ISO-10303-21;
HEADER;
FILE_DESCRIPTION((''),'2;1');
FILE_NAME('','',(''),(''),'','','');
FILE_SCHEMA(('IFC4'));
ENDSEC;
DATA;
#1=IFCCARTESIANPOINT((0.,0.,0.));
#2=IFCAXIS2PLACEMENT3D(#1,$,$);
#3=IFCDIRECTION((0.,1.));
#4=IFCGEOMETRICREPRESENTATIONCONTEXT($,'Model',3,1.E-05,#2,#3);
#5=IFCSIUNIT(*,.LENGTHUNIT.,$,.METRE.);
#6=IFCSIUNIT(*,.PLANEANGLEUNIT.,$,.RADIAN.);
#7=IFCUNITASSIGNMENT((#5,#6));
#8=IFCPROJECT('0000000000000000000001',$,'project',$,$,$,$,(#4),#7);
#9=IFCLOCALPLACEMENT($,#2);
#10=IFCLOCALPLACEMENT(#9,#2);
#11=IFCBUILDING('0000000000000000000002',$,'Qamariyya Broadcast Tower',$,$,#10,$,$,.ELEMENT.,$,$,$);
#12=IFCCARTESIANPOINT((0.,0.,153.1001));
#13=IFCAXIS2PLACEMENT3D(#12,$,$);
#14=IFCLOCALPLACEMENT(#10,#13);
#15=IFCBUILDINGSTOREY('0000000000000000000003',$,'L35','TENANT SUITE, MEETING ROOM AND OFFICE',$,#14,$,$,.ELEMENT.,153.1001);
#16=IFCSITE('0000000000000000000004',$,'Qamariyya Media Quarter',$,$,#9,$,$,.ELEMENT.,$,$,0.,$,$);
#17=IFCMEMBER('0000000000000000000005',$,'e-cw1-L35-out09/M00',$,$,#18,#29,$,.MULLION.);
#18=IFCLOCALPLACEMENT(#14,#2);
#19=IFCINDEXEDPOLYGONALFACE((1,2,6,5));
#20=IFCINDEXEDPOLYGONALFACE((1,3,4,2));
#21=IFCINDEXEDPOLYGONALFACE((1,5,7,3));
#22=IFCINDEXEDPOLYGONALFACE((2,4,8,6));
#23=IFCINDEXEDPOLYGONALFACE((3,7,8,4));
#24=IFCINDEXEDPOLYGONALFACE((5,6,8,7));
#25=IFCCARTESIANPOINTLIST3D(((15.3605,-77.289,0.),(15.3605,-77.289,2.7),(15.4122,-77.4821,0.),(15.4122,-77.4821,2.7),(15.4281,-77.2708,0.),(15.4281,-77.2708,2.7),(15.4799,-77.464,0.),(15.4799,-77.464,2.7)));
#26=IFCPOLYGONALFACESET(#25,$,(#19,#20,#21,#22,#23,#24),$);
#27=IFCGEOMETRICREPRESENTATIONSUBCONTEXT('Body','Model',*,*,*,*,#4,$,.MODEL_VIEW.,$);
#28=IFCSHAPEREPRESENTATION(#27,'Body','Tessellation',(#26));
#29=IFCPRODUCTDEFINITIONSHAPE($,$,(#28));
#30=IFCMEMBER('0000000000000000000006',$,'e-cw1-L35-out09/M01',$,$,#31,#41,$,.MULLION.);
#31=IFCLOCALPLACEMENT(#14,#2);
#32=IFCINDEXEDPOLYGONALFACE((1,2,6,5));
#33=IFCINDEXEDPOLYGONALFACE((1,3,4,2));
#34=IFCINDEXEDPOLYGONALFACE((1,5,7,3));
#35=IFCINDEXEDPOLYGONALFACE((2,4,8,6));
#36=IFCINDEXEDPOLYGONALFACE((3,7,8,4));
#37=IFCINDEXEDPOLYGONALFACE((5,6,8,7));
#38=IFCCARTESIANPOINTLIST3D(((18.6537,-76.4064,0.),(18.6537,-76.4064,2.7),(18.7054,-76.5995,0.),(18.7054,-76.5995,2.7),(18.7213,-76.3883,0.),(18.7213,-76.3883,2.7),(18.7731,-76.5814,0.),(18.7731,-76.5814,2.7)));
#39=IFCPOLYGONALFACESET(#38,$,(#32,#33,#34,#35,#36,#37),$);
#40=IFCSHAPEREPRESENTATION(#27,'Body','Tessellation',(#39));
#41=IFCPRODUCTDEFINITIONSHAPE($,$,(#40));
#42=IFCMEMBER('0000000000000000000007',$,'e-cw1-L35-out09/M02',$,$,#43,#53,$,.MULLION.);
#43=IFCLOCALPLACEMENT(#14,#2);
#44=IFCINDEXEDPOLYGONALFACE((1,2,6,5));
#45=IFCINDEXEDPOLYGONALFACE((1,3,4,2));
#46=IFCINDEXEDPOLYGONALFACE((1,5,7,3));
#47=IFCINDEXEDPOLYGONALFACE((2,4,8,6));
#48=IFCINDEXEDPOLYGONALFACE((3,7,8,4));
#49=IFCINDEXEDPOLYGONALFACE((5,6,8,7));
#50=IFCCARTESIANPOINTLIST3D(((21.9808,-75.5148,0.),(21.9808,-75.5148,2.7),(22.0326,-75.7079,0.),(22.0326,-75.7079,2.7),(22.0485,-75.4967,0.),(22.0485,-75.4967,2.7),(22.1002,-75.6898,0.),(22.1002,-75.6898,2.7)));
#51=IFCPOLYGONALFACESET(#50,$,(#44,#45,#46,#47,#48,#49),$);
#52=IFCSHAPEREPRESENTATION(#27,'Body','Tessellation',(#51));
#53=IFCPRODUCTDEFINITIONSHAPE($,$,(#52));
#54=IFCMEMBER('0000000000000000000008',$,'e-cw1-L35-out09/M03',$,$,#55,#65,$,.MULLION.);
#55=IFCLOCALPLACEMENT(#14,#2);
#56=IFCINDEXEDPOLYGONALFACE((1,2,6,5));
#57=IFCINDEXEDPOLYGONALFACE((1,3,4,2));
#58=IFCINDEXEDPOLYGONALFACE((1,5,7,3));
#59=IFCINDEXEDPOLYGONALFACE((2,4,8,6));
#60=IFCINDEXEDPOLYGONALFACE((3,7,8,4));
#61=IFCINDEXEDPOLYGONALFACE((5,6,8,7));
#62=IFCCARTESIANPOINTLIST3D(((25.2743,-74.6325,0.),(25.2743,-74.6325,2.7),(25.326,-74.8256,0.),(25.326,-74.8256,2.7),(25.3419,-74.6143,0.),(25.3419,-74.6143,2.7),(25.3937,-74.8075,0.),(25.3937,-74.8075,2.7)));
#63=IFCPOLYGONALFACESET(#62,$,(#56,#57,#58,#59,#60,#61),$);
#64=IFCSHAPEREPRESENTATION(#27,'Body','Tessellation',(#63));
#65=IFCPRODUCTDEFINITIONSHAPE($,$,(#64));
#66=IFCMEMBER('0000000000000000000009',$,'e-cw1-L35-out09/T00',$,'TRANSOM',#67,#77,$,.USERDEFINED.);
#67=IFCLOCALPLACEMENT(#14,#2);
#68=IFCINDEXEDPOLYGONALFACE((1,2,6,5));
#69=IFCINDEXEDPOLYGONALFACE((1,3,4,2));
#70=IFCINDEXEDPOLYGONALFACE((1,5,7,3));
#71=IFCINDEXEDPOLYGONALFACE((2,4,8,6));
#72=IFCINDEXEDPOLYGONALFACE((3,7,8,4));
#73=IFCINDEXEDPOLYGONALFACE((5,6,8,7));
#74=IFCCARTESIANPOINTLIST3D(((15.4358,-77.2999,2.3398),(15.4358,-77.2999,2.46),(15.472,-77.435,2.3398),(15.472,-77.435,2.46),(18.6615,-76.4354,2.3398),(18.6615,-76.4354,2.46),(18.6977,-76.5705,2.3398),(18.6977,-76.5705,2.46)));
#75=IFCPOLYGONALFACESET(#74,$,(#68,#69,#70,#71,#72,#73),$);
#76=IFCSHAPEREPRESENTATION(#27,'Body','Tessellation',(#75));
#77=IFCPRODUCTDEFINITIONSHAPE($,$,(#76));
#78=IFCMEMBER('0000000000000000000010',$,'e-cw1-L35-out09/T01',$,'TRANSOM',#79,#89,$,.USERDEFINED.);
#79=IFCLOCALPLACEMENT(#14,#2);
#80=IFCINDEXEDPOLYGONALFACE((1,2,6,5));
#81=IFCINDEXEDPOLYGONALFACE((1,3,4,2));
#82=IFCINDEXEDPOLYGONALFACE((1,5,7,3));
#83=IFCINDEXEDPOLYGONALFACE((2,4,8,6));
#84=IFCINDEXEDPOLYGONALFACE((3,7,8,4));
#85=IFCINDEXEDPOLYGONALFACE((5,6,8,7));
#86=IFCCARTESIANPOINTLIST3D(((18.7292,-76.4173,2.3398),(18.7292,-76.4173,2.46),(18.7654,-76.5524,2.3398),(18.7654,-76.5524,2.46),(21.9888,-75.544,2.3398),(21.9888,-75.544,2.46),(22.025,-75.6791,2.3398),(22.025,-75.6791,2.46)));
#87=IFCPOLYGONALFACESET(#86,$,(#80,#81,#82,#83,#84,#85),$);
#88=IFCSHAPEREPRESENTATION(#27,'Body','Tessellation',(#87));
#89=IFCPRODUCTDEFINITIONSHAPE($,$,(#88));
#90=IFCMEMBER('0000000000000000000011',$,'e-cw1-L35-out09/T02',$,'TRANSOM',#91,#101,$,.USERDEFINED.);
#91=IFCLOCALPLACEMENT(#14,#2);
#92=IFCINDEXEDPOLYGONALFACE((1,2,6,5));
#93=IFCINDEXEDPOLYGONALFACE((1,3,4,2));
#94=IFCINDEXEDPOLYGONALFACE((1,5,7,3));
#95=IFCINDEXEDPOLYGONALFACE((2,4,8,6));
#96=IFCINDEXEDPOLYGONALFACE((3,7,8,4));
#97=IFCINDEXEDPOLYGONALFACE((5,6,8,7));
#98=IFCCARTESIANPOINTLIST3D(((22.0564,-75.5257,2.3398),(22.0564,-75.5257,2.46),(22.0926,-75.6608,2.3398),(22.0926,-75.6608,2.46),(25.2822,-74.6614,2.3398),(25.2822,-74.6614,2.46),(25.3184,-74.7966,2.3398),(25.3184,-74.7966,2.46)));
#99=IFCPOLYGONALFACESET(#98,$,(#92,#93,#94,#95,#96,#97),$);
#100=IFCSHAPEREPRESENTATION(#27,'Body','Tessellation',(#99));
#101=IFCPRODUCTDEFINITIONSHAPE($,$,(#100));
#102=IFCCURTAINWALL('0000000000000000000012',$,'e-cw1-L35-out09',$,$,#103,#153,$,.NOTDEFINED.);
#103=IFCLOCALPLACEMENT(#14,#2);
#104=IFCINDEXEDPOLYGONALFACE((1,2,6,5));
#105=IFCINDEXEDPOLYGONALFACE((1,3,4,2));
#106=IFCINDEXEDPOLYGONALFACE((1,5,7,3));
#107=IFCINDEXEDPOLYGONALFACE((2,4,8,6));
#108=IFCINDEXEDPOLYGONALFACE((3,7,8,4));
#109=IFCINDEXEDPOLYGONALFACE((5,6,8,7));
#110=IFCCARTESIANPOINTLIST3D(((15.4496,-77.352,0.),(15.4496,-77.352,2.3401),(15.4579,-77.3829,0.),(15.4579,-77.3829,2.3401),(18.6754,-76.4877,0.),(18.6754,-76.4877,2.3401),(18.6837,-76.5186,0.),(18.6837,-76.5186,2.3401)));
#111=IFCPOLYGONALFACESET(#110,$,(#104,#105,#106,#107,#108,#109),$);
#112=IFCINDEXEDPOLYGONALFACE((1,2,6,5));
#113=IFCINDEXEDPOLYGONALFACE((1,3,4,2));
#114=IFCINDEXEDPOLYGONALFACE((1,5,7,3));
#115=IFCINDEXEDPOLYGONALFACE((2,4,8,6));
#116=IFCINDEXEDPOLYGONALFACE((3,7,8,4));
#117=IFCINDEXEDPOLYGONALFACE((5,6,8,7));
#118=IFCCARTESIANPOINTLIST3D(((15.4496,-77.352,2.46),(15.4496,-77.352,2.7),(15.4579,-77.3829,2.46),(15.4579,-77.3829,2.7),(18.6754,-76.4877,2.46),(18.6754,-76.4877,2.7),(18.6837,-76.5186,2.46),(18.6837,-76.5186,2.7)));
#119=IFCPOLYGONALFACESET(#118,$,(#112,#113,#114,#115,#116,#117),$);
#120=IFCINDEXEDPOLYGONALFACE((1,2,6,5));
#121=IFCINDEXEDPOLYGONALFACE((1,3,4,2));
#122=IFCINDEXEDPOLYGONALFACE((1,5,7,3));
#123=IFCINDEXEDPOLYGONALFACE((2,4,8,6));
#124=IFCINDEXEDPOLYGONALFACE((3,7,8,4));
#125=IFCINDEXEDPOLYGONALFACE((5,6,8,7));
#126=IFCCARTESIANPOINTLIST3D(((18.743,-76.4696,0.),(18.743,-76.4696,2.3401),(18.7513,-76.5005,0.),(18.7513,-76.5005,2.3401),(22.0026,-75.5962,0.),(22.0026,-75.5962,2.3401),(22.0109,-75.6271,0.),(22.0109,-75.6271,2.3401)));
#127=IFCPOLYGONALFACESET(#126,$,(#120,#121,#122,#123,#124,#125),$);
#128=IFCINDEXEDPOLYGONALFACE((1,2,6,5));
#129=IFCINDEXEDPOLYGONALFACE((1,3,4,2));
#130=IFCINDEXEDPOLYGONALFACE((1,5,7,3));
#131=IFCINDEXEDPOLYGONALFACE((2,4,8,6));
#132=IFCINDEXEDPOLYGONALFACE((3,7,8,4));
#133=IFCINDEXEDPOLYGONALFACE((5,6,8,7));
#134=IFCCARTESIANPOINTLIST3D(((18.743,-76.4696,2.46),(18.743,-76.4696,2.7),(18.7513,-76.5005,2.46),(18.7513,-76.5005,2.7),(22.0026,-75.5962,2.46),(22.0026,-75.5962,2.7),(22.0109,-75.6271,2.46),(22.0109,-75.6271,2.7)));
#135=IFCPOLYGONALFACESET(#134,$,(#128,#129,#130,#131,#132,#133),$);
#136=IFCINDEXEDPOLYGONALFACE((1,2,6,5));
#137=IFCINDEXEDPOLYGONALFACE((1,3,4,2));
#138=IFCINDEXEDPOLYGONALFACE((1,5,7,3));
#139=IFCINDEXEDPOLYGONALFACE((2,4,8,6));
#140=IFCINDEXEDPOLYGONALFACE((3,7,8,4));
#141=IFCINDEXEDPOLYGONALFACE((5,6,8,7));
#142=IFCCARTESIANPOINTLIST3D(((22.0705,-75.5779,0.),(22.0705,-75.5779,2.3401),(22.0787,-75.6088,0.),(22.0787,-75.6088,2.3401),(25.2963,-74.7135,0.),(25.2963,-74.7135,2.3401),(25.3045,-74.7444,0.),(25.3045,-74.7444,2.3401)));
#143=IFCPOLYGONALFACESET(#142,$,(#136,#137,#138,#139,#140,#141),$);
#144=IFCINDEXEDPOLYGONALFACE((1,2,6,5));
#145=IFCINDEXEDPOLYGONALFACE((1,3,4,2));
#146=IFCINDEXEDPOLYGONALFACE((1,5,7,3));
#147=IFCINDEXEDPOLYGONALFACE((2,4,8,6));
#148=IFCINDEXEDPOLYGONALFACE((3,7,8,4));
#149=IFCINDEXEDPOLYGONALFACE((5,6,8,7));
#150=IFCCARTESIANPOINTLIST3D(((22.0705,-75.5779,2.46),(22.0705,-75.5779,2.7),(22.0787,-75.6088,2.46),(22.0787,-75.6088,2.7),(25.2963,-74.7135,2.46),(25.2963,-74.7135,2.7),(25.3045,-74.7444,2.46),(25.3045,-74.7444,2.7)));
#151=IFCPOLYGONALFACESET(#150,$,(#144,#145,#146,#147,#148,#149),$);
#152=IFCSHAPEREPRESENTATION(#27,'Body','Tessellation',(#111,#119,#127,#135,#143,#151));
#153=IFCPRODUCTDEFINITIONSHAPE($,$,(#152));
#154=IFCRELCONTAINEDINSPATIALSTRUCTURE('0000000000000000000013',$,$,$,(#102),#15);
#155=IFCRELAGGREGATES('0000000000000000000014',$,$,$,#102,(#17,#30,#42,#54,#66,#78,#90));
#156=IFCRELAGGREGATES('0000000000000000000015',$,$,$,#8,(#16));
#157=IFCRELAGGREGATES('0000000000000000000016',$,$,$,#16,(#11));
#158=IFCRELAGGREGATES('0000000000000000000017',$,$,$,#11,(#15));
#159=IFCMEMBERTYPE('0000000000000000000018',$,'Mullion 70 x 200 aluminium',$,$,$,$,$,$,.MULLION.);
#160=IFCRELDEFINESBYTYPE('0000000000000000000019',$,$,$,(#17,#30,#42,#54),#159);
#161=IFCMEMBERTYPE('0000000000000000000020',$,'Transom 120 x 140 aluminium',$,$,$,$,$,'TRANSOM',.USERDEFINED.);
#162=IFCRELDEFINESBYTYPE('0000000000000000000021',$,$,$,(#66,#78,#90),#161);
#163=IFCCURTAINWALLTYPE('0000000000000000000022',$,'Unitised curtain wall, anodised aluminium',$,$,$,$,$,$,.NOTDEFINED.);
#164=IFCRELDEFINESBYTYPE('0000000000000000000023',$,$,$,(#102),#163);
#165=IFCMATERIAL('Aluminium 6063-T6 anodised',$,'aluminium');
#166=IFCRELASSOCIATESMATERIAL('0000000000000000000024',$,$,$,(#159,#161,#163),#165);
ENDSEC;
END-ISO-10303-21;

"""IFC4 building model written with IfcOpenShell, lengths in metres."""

from ifc_helpers import new_model, si_unit, direction, frame, origin, origin_2d, place, context, subcontext, project, spatial, rectangle, extrude, material, material_profile, profile_set, type_object, element, aggregate, save


model = new_model("IFC4")

# Units and contexts
model_context = context("Model", 3, precision=1e-05, world=origin(), true_north=direction((0.0, 1.0)))
body_context = subcontext(model_context, "Body", "Model", "MODEL_VIEW")
ifc_project = project(units=[si_unit("LENGTHUNIT", "METRE"), si_unit("PLANEANGLEUNIT", "RADIAN")], contexts=[model_context])

# Members
ifc_material = material(Name="Aluminium 6063-T6 anodised", Category="aluminium")
ifc_material_profile_1 = material_profile(ifc_material, rectangle(XDim=0.2, YDim=0.0701, at=origin_2d()))
ifc_profile_set_1 = profile_set([ifc_material_profile_1], Name="Aluminium 6063-T6 anodised")
member_type_1 = type_object("IfcMemberType", Name="Mullion 70 x 200 aluminium", PredefinedType="MULLION", material=ifc_profile_set_1)
site_placement = place(None, origin())
building_placement = place(site_placement, origin())
storey_placement = place(building_placement, frame((0.0, 0.0, 153.1001)))
member_1_placement = place(storey_placement, frame((15.4202, -77.3765, 0.0), z_axis=(0.0, 0.0, 1.0), x_axis=(-0.258819, 0.965926, 0.0)))
member_1 = element("IfcMember", 1, at=member_1_placement, type_object=member_type_1, Name="e-cw1-L35-out09/M00", PredefinedType="MULLION", context=body_context, shape_type="SweptSolid", body=[
    extrude(rectangle(XDim=0.2, YDim=0.0701, at=origin_2d()), origin(), (0.0, 0.0, 1.0), 2.7),
])
member_2_placement = place(storey_placement, frame((18.7134, -76.4939, 0.0), z_axis=(0.0, 0.0, 1.0), x_axis=(-0.258819, 0.965926, 0.0)))
member_2 = element("IfcMember", 2, at=member_2_placement, type_object=member_type_1, Name="e-cw1-L35-out09/M01", PredefinedType="MULLION", context=body_context, shape_type="SweptSolid", body=[
    extrude(rectangle(XDim=0.2, YDim=0.0701, at=origin_2d()), origin(), (0.0, 0.0, 1.0), 2.7),
])
member_3_placement = place(storey_placement, frame((22.0405, -75.6023, 0.0), z_axis=(0.0, 0.0, 1.0), x_axis=(-0.258819, 0.965926, 0.0)))
member_3 = element("IfcMember", 3, at=member_3_placement, type_object=member_type_1, Name="e-cw1-L35-out09/M02", PredefinedType="MULLION", context=body_context, shape_type="SweptSolid", body=[
    extrude(rectangle(XDim=0.2, YDim=0.0701, at=origin_2d()), origin(), (0.0, 0.0, 1.0), 2.7),
])
member_4_placement = place(storey_placement, frame((25.334, -74.72, 0.0), z_axis=(0.0, 0.0, 1.0), x_axis=(-0.258819, 0.965926, 0.0)))
member_4 = element("IfcMember", 4, at=member_4_placement, type_object=member_type_1, Name="e-cw1-L35-out09/M03", PredefinedType="MULLION", context=body_context, shape_type="SweptSolid", body=[
    extrude(rectangle(XDim=0.2, YDim=0.0701, at=origin_2d()), origin(), (0.0, 0.0, 1.0), 2.7),
])
ifc_material_profile_2 = material_profile(ifc_material, rectangle(XDim=0.1399, YDim=0.1201, at=origin_2d()))
ifc_profile_set_2 = profile_set([ifc_material_profile_2], Name="Aluminium 6063-T6 anodised")
member_type_2 = type_object("IfcMemberType", Name="Transom 120 x 140 aluminium", ElementType="TRANSOM", PredefinedType="USERDEFINED", material=ifc_profile_set_2)
member_5_placement = place(storey_placement, frame((15.4539, -77.3674, 2.3999), z_axis=(0.965915, 0.258859, 0.0), x_axis=(-0.258859, 0.965915, 0.0)))
member_5 = element("IfcMember", 5, at=member_5_placement, type_object=member_type_2, Name="e-cw1-L35-out09/T00", ObjectType="TRANSOM", PredefinedType="USERDEFINED", context=body_context, shape_type="SweptSolid", body=[
    extrude(rectangle(XDim=0.1399, YDim=0.1201, at=origin_2d()), origin(), (0.0, 0.0, 1.0), 3.3396),
])
member_6_placement = place(storey_placement, frame((18.7473, -76.4849, 2.3999), z_axis=(0.965933, 0.258793, 0.0), x_axis=(-0.258793, 0.965933, 0.0)))
member_6 = element("IfcMember", 6, at=member_6_placement, type_object=member_type_2, Name="e-cw1-L35-out09/T01", ObjectType="TRANSOM", PredefinedType="USERDEFINED", context=body_context, shape_type="SweptSolid", body=[
    extrude(rectangle(XDim=0.1399, YDim=0.1201, at=origin_2d()), origin(), (0.0, 0.0, 1.0), 3.3745),
])
member_7_placement = place(storey_placement, frame((22.0745, -75.5933, 2.3999), z_axis=(0.965933, 0.258791, 0.0), x_axis=(-0.258791, 0.965933, 0.0)))
member_7 = element("IfcMember", 7, at=member_7_placement, type_object=member_type_2, Name="e-cw1-L35-out09/T02", ObjectType="TRANSOM", PredefinedType="USERDEFINED", context=body_context, shape_type="SweptSolid", body=[
    extrude(rectangle(XDim=0.1399, YDim=0.1201, at=origin_2d()), origin(), (0.0, 0.0, 1.0), 3.3396),
])

# Site, building, storey
site = spatial("IfcSite", under=ifc_project, at=site_placement, Name="Qamariyya Media Quarter", CompositionType="ELEMENT", RefElevation=0.0)
building = spatial("IfcBuilding", under=site, at=building_placement, Name="Qamariyya Broadcast Tower", CompositionType="ELEMENT")
storey = spatial("IfcBuildingStorey", under=building, at=storey_placement, Name="L35", Description="TENANT SUITE, MEETING ROOM AND OFFICE", CompositionType="ELEMENT", Elevation=153.1001)

# Curtain wall
curtain_wall_type = type_object("IfcCurtainWallType", Name="Unitised curtain wall, anodised aluminium", PredefinedType="NOTDEFINED", material=ifc_material)
curtain_wall_1_placement = place(storey_placement, origin())
curtain_wall_1 = element("IfcCurtainWall", 8, at=curtain_wall_1_placement, inside=storey, type_object=curtain_wall_type, Name="e-cw1-L35-out09", PredefinedType="NOTDEFINED", context=body_context, shape_type="SweptSolid", body=[
    extrude(rectangle(XDim=3.3396, YDim=0.032, at=origin_2d()), frame((17.0667, -76.9353, 0.0), x_axis=(0.965926, 0.258817, 0.0)), (0.0, 0.0, 1.0), 2.3401),
    extrude(rectangle(XDim=3.3396, YDim=0.032, at=origin_2d()), frame((17.0667, -76.9353, 2.46), x_axis=(0.965926, 0.258817, 0.0)), (0.0, 0.0, 1.0), 0.24),
    extrude(rectangle(XDim=3.3745, YDim=0.032, at=origin_2d()), frame((20.377, -76.0483, 0.0), x_axis=(0.965926, 0.258817, 0.0)), (0.0, 0.0, 1.0), 2.3401),
    extrude(rectangle(XDim=3.3745, YDim=0.032, at=origin_2d()), frame((20.377, -76.0483, 2.46), x_axis=(0.965926, 0.258817, 0.0)), (0.0, 0.0, 1.0), 0.24),
    extrude(rectangle(XDim=3.3396, YDim=0.032, at=origin_2d()), frame((23.6875, -75.1611, 0.0), x_axis=(0.965926, 0.258817, 0.0)), (0.0, 0.0, 1.0), 2.3401),
    extrude(rectangle(XDim=3.3396, YDim=0.032, at=origin_2d()), frame((23.6875, -75.1611, 2.46), x_axis=(0.965926, 0.258817, 0.0)), (0.0, 0.0, 1.0), 0.24),
])
aggregate(curtain_wall_1, [member_1, member_2, member_3, member_4, member_5, member_6, member_7])

save(model, "model.ifc")
